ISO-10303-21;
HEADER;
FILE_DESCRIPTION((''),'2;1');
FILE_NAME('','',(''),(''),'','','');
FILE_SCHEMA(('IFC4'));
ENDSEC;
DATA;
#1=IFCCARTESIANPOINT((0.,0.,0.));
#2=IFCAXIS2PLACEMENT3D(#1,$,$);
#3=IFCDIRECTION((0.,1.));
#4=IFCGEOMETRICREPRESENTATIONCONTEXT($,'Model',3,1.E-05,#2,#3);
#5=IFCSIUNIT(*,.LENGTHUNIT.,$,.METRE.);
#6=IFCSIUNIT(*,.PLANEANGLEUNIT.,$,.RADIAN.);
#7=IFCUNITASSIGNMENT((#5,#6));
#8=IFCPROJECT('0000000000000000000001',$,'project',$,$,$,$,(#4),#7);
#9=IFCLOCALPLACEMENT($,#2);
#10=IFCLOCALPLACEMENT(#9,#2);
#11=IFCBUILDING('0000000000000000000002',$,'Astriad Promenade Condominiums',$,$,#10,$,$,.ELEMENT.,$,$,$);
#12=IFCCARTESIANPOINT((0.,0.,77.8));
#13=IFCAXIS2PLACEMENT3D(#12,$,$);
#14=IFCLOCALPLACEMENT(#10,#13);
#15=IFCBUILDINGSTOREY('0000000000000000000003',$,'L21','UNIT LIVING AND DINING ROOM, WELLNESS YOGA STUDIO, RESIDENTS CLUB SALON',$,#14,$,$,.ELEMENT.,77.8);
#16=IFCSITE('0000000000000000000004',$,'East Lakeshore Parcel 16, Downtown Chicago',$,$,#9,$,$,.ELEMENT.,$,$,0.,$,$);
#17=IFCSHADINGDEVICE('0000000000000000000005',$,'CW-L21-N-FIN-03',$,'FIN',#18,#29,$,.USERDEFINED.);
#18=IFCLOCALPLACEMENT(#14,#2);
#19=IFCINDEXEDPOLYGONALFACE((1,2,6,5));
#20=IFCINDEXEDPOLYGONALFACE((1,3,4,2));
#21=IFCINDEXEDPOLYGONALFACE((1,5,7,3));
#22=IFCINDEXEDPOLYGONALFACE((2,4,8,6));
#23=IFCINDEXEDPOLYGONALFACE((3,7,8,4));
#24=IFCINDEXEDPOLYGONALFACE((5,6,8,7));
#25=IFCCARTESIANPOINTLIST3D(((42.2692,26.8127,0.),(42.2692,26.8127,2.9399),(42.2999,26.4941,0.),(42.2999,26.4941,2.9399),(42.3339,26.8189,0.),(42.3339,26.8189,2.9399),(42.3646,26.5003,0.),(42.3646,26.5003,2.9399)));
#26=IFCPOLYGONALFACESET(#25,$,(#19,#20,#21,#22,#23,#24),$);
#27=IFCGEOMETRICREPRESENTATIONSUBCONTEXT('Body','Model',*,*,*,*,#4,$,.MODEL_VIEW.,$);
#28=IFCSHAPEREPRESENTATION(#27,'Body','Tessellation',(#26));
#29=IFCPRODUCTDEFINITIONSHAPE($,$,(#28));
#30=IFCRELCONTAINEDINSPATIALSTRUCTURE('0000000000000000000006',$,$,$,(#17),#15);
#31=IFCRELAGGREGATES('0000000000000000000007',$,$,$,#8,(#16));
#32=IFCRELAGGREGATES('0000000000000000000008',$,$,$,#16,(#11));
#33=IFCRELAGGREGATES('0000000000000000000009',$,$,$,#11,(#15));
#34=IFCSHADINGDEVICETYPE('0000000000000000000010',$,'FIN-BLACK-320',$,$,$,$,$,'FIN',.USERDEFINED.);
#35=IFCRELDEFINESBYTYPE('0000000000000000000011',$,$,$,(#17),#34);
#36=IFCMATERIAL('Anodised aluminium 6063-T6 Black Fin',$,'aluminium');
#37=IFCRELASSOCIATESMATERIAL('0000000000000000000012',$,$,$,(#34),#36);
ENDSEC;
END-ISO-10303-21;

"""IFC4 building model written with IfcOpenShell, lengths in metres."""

from ifc_helpers import new_model, si_unit, direction, frame, origin, origin_2d, place, context, subcontext, project, spatial, rectangle, extrude, source, transform, mapped, material, type_object, type_shapes, element, save


model = new_model("IFC4")

# Units and contexts
model_context = context("Model", 3, precision=1e-05, world=origin(), true_north=direction((0.0, 1.0)))
body_context = subcontext(model_context, "Body", "Model", "MODEL_VIEW")
ifc_project = project(units=[si_unit("LENGTHUNIT", "METRE"), si_unit("PLANEANGLEUNIT", "RADIAN")], contexts=[model_context])

# Site, building, storey
site_placement = place(None, origin())
site = spatial("IfcSite", under=ifc_project, at=site_placement, Name="East Lakeshore Parcel 16, Downtown Chicago", CompositionType="ELEMENT", RefElevation=0.0)
building_placement = place(site_placement, origin())
building = spatial("IfcBuilding", under=site, at=building_placement, Name="Astriad Promenade Condominiums", CompositionType="ELEMENT")
storey_placement = place(building_placement, frame((0.0, 0.0, 77.8)))
storey = spatial("IfcBuildingStorey", under=building, at=storey_placement, Name="L21", Description="UNIT LIVING AND DINING ROOM, WELLNESS YOGA STUDIO, RESIDENTS CLUB SALON", CompositionType="ELEMENT", Elevation=77.8)

# Shading device
ifc_material_1 = material(Name="Anodised aluminium 6063-T6 Black Fin", Category="aluminium")
shading_device_type = type_object("IfcShadingDeviceType", Name="FIN-BLACK-320", ElementType="FIN", PredefinedType="USERDEFINED", material=ifc_material_1)
shared_shape_1 = source(origin(), body_context, "Body", "SweptSolid", [
    extrude(rectangle(XDim=0.0649, YDim=0.3201, at=origin_2d()), origin(), (0.0, 0.0, 1.0), 2.9399),
])
type_shapes(shading_device_type, [shared_shape_1])
for number, where, z_axis, x_axis, name in (
    (1, (42.3169, 26.6565, 0.0), (0.0, 0.0, 1.0), (0.995396, 0.095846, 0.0), "CW-L21-N-FIN-03"),
):
    element("IfcShadingDevice", number, at=place(storey_placement, frame(where, z_axis=z_axis, x_axis=x_axis)), inside=storey, type_object=shading_device_type, Name=name, ObjectType="FIN", PredefinedType="USERDEFINED", context=body_context, shape_type="MappedRepresentation", body=[
        mapped(shared_shape_1, transform((0.0, 0.0, 0.0), scale=1.0)),
    ])

save(model, "model.ifc")
